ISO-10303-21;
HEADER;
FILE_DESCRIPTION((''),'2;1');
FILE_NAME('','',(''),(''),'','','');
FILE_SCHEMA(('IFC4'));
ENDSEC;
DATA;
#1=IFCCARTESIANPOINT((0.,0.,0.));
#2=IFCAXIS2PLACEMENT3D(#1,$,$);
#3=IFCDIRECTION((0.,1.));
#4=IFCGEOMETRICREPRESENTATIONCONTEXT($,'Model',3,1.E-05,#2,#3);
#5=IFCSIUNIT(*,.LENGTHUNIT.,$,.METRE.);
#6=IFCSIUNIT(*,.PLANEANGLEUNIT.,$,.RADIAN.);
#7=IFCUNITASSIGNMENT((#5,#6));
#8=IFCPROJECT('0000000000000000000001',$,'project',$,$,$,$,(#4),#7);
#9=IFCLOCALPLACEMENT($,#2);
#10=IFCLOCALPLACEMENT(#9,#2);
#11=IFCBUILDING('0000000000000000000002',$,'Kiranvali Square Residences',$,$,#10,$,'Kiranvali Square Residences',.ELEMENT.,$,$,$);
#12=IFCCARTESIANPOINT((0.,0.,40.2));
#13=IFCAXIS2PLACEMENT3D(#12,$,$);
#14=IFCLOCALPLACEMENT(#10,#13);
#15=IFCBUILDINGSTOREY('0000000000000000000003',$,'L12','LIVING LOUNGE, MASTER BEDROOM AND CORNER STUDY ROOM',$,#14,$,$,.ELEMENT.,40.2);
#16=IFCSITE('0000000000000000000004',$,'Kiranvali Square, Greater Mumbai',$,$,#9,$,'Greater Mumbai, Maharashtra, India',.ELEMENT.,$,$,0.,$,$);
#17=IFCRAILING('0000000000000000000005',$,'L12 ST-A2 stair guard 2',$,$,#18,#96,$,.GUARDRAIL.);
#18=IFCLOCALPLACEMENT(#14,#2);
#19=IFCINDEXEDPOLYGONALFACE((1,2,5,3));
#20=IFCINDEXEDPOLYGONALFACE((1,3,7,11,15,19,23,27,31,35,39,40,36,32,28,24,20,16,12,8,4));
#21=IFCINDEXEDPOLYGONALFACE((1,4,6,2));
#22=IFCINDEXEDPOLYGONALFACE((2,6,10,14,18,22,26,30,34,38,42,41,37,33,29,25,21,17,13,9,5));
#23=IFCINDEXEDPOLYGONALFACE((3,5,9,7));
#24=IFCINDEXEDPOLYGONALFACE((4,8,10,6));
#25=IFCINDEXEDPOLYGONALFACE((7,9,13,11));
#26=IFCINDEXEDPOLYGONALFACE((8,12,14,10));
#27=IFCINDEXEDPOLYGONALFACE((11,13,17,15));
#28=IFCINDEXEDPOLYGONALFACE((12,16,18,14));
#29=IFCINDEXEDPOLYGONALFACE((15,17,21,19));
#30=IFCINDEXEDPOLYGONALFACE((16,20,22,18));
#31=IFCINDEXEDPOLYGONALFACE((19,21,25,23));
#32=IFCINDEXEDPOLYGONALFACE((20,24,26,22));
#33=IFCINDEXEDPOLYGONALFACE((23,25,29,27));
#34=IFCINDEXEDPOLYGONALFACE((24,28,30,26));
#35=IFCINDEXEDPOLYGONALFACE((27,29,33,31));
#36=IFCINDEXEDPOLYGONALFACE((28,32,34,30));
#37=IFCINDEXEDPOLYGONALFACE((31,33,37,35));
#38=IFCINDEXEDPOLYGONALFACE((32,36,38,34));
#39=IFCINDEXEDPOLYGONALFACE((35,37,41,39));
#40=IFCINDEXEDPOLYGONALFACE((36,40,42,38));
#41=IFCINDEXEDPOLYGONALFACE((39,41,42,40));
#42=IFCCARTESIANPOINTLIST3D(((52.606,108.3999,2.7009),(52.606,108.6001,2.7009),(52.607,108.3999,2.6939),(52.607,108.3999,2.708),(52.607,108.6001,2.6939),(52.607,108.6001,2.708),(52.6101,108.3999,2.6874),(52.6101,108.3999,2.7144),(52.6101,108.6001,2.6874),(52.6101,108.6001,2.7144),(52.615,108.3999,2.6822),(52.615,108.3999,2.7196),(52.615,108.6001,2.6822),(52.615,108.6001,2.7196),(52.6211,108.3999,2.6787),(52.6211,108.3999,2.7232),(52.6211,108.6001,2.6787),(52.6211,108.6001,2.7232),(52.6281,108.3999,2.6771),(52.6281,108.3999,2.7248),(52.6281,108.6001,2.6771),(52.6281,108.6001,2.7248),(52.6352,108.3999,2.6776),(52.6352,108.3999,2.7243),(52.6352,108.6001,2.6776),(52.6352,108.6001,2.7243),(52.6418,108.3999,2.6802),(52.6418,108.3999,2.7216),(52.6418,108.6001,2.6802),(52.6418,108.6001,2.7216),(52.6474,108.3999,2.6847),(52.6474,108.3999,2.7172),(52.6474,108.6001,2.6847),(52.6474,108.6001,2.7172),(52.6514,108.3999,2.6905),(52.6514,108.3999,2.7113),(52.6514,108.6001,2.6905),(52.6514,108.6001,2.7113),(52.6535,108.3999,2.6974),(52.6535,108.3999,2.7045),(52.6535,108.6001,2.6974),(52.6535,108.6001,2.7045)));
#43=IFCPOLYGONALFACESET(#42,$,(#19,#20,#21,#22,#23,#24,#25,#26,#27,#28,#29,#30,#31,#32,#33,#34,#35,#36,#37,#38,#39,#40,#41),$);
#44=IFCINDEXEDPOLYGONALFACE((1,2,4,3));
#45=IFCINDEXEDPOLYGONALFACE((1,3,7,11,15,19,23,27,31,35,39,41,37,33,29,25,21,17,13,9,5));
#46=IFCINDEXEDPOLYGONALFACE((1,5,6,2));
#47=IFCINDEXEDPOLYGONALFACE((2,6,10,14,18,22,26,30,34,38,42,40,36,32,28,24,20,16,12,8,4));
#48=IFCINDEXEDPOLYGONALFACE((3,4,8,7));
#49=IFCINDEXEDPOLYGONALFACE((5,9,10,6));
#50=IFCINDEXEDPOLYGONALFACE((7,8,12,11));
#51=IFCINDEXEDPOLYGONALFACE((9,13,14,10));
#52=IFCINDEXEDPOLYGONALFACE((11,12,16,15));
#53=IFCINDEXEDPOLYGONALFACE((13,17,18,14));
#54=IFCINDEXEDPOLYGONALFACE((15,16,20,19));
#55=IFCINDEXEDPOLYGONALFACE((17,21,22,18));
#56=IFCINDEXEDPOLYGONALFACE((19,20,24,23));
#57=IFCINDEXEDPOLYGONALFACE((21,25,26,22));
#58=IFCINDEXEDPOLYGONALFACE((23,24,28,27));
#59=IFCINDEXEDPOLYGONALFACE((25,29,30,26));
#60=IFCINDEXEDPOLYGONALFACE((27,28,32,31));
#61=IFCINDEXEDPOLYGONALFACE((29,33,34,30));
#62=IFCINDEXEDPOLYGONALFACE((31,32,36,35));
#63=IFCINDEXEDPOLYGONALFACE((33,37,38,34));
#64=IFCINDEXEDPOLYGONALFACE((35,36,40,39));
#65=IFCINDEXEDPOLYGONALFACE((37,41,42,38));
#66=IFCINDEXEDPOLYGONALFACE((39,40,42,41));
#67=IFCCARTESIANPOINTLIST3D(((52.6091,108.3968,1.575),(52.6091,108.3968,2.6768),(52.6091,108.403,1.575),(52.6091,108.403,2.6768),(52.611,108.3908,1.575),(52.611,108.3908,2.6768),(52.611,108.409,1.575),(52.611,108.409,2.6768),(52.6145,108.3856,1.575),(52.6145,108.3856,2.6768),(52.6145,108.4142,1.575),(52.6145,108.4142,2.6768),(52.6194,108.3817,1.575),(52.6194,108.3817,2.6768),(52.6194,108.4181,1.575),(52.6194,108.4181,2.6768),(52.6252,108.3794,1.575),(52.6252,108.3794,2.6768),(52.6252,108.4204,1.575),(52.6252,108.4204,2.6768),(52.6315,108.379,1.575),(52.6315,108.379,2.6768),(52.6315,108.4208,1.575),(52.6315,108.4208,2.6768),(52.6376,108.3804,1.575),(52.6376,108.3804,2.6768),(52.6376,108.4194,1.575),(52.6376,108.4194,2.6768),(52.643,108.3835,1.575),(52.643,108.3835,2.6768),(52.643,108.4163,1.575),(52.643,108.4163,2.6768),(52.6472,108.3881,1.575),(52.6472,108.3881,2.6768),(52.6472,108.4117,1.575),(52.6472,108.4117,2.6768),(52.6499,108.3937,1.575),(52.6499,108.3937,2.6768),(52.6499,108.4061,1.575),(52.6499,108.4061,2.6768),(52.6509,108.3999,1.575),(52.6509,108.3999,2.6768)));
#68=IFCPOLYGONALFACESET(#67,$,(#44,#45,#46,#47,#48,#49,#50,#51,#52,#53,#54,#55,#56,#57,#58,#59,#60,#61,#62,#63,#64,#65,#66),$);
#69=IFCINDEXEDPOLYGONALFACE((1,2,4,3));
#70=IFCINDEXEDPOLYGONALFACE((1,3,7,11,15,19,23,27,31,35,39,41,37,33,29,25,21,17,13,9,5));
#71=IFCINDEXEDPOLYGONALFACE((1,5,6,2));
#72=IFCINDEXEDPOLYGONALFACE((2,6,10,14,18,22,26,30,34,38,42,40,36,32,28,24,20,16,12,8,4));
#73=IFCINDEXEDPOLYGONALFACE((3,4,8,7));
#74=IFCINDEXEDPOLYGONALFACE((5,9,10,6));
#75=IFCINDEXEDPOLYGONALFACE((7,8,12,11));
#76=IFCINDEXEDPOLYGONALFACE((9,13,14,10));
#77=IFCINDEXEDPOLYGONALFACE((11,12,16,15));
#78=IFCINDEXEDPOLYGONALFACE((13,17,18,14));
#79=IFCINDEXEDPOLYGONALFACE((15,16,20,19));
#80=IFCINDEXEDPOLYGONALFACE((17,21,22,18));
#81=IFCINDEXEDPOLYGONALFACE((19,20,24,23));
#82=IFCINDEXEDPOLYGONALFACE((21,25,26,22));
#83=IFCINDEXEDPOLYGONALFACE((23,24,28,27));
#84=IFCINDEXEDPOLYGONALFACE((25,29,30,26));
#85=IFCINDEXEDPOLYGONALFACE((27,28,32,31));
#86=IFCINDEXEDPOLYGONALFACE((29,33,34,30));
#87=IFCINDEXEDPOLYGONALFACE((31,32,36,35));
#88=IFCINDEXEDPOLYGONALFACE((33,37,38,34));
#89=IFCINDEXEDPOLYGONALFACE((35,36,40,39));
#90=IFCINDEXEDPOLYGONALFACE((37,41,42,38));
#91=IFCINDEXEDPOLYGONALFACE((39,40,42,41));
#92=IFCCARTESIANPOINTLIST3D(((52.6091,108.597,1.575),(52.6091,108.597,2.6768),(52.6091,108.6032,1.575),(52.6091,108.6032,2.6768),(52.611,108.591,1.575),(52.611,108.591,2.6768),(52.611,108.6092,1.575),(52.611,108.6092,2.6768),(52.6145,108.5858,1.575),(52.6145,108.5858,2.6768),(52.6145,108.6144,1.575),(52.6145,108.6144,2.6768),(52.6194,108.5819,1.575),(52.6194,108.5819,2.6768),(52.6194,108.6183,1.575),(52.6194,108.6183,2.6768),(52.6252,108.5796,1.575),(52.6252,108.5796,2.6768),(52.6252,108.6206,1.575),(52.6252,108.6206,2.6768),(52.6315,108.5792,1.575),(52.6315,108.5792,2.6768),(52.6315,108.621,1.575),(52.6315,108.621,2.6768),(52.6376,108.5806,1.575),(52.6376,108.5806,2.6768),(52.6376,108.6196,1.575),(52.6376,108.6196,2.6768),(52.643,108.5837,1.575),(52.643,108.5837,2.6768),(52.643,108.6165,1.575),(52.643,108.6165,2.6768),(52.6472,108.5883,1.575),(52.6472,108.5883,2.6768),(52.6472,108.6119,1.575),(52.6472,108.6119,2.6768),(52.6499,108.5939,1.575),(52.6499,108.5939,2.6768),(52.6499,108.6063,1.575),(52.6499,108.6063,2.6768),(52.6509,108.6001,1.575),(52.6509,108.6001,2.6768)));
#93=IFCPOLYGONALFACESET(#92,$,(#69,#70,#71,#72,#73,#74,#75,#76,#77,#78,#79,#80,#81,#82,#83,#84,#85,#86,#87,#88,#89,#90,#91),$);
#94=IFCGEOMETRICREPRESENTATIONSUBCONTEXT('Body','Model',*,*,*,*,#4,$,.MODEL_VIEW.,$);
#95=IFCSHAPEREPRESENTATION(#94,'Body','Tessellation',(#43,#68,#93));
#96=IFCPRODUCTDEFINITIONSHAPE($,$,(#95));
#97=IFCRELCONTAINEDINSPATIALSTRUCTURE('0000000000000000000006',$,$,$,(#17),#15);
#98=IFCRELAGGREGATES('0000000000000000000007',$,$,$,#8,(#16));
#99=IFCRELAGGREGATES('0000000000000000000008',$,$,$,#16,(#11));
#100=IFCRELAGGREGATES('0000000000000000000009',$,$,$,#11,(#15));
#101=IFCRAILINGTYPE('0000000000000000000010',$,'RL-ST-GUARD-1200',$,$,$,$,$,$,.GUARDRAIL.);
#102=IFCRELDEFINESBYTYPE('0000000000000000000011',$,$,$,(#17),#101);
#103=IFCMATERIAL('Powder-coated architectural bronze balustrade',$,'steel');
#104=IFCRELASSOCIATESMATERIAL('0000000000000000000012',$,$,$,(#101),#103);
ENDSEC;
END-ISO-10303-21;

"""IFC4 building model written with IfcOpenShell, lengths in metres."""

from ifc_helpers import new_model, si_unit, direction, frame, origin, origin_2d, place, context, subcontext, project, spatial, circle, extrude, material, type_object, element, save


model = new_model("IFC4")

# Units and contexts
model_context = context("Model", 3, precision=1e-05, world=origin(), true_north=direction((0.0, 1.0)))
body_context = subcontext(model_context, "Body", "Model", "MODEL_VIEW")
ifc_project = project(units=[si_unit("LENGTHUNIT", "METRE"), si_unit("PLANEANGLEUNIT", "RADIAN")], contexts=[model_context])

# Site, building, storey
site_placement = place(None, origin())
site = spatial("IfcSite", under=ifc_project, at=site_placement, Name="Kiranvali Square, Greater Mumbai", LongName="Greater Mumbai, Maharashtra, India", CompositionType="ELEMENT", RefElevation=0.0)
building_placement = place(site_placement, origin())
building = spatial("IfcBuilding", under=site, at=building_placement, Name="Kiranvali Square Residences", LongName="Kiranvali Square Residences", CompositionType="ELEMENT")
storey_placement = place(building_placement, frame((0.0, 0.0, 40.2)))
storey = spatial("IfcBuildingStorey", under=building, at=storey_placement, Name="L12", Description="LIVING LOUNGE, MASTER BEDROOM AND CORNER STUDY ROOM", CompositionType="ELEMENT", Elevation=40.2)

# Railing
ifc_material_1 = material(Name="Powder-coated architectural bronze balustrade", Category="steel")
railing_type_1 = type_object("IfcRailingType", Name="RL-ST-GUARD-1200", PredefinedType="GUARDRAIL", material=ifc_material_1)
railing_1_placement = place(storey_placement, frame((52.6299, 108.3999, 1.575)))
element("IfcRailing", 1, at=railing_1_placement, inside=storey, type_object=railing_type_1, Name="L12 ST-A2 stair guard 2", PredefinedType="GUARDRAIL", context=body_context, shape_type="SweptSolid", body=[
    extrude(circle(Radius=0.0239, at=origin_2d()), frame((0.0, 0.0, 1.126), z_axis=(0.0, 1.0, 0.0), x_axis=(-1.0, 0.0, 0.0)), (0.0, 0.0, 1.0), 0.2002),
    extrude(circle(Radius=0.021, at=origin_2d()), origin(), (0.0, 0.0, 1.0), 1.1018),
    extrude(circle(Radius=0.021, at=origin_2d()), frame((0.0, 0.2002, 0.0)), (0.0, 0.0, 1.0), 1.1018),
])

save(model, "model.ifc")
